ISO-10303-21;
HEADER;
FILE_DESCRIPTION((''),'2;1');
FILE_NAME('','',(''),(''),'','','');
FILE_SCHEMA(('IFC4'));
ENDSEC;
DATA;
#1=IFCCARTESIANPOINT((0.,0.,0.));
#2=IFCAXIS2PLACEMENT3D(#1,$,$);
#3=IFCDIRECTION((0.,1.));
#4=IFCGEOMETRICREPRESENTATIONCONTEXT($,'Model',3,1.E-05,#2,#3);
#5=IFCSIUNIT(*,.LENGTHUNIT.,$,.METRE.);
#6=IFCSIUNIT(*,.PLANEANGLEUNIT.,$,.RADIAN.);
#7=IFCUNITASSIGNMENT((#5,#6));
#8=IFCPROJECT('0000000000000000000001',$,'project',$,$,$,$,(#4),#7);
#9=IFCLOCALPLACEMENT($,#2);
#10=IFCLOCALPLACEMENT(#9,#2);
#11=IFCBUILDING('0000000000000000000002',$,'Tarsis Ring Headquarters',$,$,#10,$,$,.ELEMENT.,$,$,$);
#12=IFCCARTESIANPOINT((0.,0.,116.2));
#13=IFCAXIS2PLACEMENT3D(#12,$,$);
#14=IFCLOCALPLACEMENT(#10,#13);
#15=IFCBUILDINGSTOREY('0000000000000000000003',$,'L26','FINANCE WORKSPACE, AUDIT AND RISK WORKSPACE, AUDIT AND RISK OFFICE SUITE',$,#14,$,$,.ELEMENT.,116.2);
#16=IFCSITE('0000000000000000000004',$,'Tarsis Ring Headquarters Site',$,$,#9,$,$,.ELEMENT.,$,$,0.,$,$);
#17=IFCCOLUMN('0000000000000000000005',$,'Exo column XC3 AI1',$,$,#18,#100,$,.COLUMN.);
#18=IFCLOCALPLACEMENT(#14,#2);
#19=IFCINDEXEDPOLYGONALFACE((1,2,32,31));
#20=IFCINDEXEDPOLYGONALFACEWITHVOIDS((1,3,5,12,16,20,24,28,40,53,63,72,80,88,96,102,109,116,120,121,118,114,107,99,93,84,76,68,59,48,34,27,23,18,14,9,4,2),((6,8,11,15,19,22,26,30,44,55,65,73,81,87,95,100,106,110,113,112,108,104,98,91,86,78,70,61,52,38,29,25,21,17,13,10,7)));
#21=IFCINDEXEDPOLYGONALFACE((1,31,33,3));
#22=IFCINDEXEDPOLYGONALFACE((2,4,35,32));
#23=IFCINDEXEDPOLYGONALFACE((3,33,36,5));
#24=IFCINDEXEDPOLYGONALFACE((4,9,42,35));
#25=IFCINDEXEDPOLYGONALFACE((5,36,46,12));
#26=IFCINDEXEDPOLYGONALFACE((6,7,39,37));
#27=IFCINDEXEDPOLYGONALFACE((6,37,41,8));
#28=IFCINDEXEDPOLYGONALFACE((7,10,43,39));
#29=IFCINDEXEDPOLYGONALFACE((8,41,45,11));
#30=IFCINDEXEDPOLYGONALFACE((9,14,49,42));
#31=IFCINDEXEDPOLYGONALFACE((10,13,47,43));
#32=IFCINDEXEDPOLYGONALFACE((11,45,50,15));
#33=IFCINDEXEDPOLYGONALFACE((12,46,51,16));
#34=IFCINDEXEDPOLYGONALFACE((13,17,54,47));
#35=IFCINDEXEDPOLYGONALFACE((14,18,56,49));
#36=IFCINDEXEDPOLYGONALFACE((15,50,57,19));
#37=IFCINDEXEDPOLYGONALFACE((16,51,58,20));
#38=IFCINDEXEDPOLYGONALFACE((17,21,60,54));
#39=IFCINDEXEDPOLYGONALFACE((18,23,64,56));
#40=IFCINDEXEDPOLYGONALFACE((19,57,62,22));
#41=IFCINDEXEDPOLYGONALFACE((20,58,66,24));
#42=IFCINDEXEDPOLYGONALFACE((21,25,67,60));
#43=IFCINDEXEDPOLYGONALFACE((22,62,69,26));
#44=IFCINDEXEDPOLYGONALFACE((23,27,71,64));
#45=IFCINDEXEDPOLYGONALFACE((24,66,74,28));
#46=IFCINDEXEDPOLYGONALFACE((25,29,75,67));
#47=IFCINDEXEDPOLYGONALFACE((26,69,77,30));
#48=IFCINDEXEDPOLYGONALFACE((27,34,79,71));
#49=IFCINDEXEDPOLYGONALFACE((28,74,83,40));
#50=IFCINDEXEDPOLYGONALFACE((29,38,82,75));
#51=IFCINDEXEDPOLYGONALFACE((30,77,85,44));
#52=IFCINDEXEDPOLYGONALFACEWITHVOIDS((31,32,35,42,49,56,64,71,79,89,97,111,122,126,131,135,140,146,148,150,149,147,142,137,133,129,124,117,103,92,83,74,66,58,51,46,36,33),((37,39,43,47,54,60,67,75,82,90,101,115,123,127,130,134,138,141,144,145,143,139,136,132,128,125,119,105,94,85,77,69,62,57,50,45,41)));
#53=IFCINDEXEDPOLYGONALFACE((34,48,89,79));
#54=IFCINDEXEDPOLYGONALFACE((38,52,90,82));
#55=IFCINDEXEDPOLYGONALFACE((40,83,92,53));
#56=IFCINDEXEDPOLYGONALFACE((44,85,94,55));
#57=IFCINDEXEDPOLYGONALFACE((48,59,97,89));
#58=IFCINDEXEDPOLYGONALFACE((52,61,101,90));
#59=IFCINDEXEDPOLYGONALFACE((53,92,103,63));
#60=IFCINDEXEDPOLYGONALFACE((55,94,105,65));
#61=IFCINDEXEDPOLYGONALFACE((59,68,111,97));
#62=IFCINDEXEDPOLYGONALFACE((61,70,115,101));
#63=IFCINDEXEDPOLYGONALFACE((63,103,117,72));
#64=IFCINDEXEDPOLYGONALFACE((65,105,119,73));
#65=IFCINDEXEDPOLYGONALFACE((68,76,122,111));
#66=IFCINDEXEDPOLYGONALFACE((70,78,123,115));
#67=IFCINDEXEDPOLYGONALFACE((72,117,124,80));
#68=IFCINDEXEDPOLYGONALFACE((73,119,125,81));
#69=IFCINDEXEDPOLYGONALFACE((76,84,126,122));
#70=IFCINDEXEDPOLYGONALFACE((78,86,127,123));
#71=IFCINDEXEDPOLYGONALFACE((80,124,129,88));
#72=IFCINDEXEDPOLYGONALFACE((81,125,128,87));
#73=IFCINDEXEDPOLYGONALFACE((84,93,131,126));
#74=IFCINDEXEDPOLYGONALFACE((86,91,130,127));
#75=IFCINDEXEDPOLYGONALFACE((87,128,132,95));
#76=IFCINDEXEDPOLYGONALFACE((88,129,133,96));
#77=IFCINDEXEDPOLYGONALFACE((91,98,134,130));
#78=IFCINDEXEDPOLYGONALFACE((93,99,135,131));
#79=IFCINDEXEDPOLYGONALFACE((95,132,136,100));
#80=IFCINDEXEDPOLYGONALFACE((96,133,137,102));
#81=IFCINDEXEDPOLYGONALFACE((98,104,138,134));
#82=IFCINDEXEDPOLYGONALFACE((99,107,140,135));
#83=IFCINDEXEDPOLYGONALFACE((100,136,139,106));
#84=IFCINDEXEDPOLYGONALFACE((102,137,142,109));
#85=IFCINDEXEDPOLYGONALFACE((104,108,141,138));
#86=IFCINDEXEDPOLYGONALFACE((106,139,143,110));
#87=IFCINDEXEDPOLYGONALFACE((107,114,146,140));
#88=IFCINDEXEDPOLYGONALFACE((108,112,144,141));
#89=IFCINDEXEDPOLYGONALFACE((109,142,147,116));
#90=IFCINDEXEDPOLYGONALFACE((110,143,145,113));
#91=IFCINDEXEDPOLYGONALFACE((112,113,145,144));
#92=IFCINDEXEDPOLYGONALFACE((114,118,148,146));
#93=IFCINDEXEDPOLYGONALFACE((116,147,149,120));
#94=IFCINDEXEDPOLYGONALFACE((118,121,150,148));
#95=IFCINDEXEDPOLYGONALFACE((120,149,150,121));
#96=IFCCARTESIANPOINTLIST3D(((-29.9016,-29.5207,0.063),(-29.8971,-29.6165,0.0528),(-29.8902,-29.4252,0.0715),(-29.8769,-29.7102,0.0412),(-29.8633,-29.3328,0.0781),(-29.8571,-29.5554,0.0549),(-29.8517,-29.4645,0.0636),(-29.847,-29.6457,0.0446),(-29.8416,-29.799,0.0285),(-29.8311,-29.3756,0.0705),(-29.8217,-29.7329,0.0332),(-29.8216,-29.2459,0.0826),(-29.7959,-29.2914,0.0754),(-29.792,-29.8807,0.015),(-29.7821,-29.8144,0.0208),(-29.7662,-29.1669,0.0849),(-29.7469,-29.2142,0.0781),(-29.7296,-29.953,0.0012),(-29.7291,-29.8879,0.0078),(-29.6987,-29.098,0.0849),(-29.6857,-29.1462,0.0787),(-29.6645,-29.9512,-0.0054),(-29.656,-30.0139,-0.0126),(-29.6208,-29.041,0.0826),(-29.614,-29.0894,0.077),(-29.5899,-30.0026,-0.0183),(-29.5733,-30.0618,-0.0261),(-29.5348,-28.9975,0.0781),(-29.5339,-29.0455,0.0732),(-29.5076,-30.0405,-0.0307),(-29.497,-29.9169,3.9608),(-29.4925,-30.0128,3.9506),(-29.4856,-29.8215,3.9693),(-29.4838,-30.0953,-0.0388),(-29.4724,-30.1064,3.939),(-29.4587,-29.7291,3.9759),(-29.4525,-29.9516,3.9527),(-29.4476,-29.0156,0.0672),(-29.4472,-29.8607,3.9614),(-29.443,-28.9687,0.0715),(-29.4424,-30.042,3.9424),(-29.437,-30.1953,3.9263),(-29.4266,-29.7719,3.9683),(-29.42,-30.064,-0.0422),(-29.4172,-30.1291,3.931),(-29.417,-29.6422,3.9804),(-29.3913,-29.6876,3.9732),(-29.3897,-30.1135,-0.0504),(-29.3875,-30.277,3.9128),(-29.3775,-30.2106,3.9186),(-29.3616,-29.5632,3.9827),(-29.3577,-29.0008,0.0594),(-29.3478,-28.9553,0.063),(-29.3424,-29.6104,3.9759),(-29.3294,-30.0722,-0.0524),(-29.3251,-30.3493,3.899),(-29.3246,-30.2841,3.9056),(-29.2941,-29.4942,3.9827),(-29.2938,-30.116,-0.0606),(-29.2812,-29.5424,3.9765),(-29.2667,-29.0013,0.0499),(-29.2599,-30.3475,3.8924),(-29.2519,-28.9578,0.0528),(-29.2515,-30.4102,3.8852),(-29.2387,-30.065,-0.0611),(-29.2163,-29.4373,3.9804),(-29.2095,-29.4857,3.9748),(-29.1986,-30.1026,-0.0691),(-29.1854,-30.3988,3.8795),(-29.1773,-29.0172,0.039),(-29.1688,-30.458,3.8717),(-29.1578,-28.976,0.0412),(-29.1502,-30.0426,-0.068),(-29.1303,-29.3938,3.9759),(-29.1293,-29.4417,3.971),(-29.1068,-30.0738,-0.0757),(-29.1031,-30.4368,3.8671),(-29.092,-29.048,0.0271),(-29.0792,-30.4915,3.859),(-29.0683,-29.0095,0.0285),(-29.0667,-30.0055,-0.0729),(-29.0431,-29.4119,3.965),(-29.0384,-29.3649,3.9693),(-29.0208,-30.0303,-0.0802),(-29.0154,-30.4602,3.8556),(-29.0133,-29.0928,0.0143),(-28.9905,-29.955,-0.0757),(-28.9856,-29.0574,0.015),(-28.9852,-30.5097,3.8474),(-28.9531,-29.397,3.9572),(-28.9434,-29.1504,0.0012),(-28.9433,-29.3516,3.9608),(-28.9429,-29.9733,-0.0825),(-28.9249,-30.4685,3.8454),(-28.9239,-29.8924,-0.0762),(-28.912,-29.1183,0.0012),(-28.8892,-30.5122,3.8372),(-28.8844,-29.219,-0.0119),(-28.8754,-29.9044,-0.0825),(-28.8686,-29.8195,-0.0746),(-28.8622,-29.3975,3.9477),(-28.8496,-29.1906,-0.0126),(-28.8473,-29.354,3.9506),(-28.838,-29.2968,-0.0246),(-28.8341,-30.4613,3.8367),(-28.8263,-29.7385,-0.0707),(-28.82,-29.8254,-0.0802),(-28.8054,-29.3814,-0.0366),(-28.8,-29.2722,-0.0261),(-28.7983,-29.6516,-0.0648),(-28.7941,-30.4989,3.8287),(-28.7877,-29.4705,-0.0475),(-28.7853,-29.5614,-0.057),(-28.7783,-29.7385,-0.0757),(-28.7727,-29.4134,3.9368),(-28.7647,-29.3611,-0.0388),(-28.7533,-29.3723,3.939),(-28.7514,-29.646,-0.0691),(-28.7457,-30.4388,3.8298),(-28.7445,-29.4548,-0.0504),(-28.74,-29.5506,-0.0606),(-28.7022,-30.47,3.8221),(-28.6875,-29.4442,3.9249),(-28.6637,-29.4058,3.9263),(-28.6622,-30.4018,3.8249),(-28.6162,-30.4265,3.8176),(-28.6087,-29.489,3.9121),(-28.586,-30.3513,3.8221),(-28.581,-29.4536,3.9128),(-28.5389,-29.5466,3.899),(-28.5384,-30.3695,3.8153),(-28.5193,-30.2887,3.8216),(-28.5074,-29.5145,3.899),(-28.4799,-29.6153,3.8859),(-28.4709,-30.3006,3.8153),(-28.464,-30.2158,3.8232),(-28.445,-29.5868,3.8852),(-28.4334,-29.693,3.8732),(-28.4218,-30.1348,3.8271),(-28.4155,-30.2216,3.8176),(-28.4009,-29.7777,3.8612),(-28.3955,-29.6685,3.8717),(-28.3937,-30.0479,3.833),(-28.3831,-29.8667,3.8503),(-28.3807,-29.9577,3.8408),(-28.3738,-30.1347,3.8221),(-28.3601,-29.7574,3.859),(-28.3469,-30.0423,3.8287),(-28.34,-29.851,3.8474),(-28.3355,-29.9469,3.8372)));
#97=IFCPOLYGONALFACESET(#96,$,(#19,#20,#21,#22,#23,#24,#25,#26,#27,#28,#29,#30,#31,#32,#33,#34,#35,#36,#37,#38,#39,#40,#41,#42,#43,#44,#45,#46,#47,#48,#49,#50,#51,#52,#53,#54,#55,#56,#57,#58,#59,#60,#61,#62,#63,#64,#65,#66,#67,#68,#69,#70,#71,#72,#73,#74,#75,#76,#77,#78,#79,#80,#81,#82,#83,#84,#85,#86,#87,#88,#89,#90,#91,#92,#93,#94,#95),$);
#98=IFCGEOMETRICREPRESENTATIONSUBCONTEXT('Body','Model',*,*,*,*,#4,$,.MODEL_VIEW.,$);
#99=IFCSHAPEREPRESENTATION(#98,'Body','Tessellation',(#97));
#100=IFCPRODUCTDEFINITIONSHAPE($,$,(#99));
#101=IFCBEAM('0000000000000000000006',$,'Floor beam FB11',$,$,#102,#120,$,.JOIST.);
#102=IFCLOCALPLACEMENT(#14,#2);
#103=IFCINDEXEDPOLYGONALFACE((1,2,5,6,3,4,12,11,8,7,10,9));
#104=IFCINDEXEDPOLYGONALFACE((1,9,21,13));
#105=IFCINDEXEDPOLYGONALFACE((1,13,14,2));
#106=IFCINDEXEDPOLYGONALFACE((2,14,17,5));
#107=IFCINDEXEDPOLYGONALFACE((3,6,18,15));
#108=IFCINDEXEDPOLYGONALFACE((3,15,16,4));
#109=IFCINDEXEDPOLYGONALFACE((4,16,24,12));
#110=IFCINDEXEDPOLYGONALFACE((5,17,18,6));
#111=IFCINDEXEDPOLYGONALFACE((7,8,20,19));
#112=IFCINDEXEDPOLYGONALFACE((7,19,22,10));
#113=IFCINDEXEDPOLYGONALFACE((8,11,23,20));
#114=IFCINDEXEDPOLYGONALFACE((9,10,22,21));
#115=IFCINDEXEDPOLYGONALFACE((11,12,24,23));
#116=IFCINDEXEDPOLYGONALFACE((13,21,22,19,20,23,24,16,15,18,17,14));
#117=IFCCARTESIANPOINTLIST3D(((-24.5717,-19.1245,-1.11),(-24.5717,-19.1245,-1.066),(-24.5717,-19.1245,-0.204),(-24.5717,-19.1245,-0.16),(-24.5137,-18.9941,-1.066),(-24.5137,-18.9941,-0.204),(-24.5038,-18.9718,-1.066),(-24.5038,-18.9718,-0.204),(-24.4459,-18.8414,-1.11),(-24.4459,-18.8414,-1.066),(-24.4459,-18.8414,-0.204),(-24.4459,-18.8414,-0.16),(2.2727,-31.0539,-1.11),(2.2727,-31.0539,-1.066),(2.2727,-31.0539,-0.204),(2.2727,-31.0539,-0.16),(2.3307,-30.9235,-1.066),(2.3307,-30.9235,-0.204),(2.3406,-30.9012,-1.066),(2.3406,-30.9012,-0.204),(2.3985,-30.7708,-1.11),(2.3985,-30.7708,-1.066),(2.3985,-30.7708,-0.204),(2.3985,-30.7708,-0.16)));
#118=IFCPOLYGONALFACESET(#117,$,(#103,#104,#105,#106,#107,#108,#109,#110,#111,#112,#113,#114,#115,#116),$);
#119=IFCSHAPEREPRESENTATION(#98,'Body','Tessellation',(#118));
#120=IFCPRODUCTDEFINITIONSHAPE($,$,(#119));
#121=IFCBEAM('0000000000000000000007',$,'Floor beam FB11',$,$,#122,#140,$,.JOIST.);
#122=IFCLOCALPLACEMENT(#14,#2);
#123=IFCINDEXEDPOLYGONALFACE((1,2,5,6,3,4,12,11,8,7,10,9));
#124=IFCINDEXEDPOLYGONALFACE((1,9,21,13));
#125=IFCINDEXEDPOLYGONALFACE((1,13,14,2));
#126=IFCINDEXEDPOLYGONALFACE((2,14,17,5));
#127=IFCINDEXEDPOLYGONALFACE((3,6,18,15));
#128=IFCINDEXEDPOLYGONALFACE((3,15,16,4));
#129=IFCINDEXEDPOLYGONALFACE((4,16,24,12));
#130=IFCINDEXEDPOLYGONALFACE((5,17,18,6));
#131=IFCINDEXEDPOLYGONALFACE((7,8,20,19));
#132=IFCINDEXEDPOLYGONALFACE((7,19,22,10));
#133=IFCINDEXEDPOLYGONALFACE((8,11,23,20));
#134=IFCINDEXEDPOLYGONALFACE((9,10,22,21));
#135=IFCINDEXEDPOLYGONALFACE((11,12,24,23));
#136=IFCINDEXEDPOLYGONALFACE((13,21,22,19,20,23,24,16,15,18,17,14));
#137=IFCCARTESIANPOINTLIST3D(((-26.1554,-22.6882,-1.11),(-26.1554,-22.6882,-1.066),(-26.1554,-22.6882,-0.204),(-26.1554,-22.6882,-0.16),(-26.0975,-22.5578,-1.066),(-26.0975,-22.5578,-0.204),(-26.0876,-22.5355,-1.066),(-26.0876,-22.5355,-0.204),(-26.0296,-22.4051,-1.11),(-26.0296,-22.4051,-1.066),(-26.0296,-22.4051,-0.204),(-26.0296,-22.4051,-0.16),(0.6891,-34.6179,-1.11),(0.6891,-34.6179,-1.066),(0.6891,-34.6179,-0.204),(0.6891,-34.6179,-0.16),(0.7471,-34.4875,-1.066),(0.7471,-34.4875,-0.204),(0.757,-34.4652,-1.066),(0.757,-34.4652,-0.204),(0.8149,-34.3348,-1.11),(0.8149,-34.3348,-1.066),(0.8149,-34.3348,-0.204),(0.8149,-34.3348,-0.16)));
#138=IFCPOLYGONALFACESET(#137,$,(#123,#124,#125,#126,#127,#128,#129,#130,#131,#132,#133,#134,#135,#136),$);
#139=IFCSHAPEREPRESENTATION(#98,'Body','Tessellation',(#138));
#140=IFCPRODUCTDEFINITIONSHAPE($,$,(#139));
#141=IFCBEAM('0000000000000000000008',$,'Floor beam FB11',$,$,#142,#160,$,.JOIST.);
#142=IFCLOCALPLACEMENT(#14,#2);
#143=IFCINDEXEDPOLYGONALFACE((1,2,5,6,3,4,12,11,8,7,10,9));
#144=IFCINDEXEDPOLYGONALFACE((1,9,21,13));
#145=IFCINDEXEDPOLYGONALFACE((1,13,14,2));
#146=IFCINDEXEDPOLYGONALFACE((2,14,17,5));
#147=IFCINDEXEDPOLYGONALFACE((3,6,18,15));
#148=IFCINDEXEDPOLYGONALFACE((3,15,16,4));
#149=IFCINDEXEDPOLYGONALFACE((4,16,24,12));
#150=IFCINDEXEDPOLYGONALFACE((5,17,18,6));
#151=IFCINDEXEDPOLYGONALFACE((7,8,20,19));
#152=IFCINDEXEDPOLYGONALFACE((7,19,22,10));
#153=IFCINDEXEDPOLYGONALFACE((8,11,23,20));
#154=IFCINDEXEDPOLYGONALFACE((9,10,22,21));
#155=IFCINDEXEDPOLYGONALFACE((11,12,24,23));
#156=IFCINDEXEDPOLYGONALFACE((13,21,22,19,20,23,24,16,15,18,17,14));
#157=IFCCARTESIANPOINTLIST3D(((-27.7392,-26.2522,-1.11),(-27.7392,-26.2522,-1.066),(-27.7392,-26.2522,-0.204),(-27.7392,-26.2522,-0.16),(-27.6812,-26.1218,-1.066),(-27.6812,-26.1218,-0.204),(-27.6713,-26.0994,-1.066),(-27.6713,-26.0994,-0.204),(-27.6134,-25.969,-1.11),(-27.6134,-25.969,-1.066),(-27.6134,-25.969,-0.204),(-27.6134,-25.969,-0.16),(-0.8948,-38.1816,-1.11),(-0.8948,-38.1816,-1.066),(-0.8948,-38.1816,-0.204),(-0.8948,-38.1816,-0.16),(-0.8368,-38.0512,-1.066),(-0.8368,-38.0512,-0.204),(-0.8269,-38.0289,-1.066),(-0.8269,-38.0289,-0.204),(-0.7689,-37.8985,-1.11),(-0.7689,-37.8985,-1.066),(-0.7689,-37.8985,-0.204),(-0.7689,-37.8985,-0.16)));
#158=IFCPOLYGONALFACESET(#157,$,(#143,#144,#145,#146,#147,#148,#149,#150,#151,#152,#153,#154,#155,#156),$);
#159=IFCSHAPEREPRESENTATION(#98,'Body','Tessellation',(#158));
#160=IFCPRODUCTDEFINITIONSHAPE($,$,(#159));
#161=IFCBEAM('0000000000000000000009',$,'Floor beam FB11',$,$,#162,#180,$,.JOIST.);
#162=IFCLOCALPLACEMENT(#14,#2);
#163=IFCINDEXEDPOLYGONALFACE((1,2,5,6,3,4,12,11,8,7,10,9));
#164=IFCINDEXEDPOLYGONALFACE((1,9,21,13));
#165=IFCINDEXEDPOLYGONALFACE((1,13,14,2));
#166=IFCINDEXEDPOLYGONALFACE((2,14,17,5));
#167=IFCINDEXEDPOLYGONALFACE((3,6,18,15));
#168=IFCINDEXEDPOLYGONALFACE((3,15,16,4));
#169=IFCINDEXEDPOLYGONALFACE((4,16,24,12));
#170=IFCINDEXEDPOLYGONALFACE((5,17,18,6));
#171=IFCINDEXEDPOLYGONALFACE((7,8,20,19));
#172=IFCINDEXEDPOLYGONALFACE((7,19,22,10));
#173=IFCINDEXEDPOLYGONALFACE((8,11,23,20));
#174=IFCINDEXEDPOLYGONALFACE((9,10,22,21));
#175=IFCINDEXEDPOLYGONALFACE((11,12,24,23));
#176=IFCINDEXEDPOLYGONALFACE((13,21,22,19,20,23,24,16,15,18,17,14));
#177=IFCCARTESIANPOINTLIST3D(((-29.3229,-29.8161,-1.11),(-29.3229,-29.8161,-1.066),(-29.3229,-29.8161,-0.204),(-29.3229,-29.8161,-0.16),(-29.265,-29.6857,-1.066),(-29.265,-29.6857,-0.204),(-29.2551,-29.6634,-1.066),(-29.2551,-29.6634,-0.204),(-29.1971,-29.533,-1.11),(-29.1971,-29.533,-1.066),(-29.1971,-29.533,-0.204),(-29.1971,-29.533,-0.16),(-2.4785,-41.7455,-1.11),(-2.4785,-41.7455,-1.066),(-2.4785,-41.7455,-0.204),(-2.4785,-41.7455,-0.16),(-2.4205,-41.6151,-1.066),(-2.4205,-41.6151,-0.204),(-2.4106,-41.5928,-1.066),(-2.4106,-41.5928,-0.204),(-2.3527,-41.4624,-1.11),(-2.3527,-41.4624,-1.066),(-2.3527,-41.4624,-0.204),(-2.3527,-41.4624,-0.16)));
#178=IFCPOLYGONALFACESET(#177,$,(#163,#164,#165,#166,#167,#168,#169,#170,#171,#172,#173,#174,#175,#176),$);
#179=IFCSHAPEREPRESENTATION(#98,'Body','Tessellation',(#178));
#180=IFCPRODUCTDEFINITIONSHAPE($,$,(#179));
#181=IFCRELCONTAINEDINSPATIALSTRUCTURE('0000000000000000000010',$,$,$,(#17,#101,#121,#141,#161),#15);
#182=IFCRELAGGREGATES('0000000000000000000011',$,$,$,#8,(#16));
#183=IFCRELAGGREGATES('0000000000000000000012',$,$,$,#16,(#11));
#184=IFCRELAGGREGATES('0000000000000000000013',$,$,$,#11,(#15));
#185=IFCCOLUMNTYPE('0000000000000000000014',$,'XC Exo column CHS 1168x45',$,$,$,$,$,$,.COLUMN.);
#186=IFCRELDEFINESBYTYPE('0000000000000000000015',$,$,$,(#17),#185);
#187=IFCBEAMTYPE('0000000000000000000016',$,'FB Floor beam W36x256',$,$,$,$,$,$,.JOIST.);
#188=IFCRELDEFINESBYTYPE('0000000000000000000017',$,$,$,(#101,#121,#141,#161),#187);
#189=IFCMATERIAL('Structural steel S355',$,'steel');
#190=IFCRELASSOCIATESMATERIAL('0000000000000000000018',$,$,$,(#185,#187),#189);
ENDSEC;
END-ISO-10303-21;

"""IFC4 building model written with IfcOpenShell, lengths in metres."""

from ifc_helpers import new_model, si_unit, direction, frame, origin, origin_2d, place, context, subcontext, project, spatial, hollow_circle, i_section, extrude, material, material_profile, profile_set, type_object, element, save


model = new_model("IFC4")

# Units and contexts
model_context = context("Model", 3, precision=1e-05, world=origin(), true_north=direction((0.0, 1.0)))
body_context = subcontext(model_context, "Body", "Model", "MODEL_VIEW")
ifc_project = project(units=[si_unit("LENGTHUNIT", "METRE"), si_unit("PLANEANGLEUNIT", "RADIAN")], contexts=[model_context])

# Site, building, storey
site_placement = place(None, origin())
site = spatial("IfcSite", under=ifc_project, at=site_placement, Name="Tarsis Ring Headquarters Site", CompositionType="ELEMENT", RefElevation=0.0)
building_placement = place(site_placement, origin())
building = spatial("IfcBuilding", under=site, at=building_placement, Name="Tarsis Ring Headquarters", CompositionType="ELEMENT")
storey_placement = place(building_placement, frame((0.0, 0.0, 116.2)))
storey = spatial("IfcBuildingStorey", under=building, at=storey_placement, Name="L26", Description="FINANCE WORKSPACE, AUDIT AND RISK WORKSPACE, AUDIT AND RISK OFFICE SUITE", CompositionType="ELEMENT", Elevation=116.2)

# Column
ifc_material_1 = material(Name="Structural steel S355", Category="steel")
ifc_material_profile_1 = material_profile(ifc_material_1, hollow_circle(Radius=0.5842, WallThickness=0.0449, at=origin_2d()), Name="CHS 1168x45")
ifc_profile_set_1 = profile_set([ifc_material_profile_1], Name="Structural steel S355")
column_type = type_object("IfcColumnType", Name="XC Exo column CHS 1168x45", PredefinedType="COLUMN", material=ifc_profile_set_1)
column_placement = place(storey_placement, frame((-29.3208, -29.5356, 0.0012), z_axis=(0.102711, -0.100604, 0.989611), x_axis=(0.699739, 0.714398, 0.0)))
element("IfcColumn", 1, at=column_placement, inside=storey, type_object=column_type, Name="Exo column XC3 AI1", PredefinedType="COLUMN", context=body_context, shape_type="SweptSolid", body=[
    extrude(hollow_circle(Radius=0.5842, WallThickness=0.0449, at=origin_2d()), origin(), (0.0, 0.0, 1.0), 3.9387),
])

# Beams
ifc_material_profile_2 = material_profile(ifc_material_1, i_section(OverallWidth=0.3098, OverallDepth=0.95, WebThickness=0.0244, FlangeThickness=0.0439, at=origin_2d()), Name="W36x256")
ifc_profile_set_2 = profile_set([ifc_material_profile_2], Name="Structural steel S355")
beam_type_1 = type_object("IfcBeamType", Name="FB Floor beam W36x256", PredefinedType="JOIST", material=ifc_profile_set_2)
beam_1_placement = place(storey_placement, frame((-24.5088, -18.9829, -0.635), z_axis=(0.91383, -0.406098, 0.0), x_axis=(0.406098, 0.91383, 0.0)))
element("IfcBeam", 2, at=beam_1_placement, inside=storey, type_object=beam_type_1, Name="Floor beam FB11", PredefinedType="JOIST", context=body_context, shape_type="SweptSolid", body=[
    extrude(i_section(OverallWidth=0.3098, OverallDepth=0.95, WebThickness=0.0244, FlangeThickness=0.0439, at=origin_2d()), origin(), (0.0, 0.0, 1.0), 29.3757),
])
beam_2_placement = place(storey_placement, frame((-26.0925, -22.5466, -0.635), z_axis=(0.913827, -0.406105, 0.0), x_axis=(0.406105, 0.913827, 0.0)))
element("IfcBeam", 3, at=beam_2_placement, inside=storey, type_object=beam_type_1, Name="Floor beam FB11", PredefinedType="JOIST", context=body_context, shape_type="SweptSolid", body=[
    extrude(i_section(OverallWidth=0.3098, OverallDepth=0.95, WebThickness=0.0244, FlangeThickness=0.0439, at=origin_2d()), origin(), (0.0, 0.0, 1.0), 29.376),
])
for number, where, z_axis, x_axis, name in (
    (4, (-27.6763, -26.1106, -0.635), (0.91383, -0.406098, 0.0), (0.406098, 0.91383, 0.0), "Floor beam FB11"),
    (5, (-29.26, -29.6746, -0.635), (0.91383, -0.406098, 0.0), (0.406098, 0.91383, 0.0), "Floor beam FB11"),
):
    element("IfcBeam", number, at=place(storey_placement, frame(where, z_axis=z_axis, x_axis=x_axis)), inside=storey, type_object=beam_type_1, Name=name, PredefinedType="JOIST", context=body_context, shape_type="SweptSolid", body=[
        extrude(i_section(OverallWidth=0.3098, OverallDepth=0.95, WebThickness=0.0244, FlangeThickness=0.0439, at=origin_2d()), origin(), (0.0, 0.0, 1.0), 29.3757),
    ])

save(model, "model.ifc")
